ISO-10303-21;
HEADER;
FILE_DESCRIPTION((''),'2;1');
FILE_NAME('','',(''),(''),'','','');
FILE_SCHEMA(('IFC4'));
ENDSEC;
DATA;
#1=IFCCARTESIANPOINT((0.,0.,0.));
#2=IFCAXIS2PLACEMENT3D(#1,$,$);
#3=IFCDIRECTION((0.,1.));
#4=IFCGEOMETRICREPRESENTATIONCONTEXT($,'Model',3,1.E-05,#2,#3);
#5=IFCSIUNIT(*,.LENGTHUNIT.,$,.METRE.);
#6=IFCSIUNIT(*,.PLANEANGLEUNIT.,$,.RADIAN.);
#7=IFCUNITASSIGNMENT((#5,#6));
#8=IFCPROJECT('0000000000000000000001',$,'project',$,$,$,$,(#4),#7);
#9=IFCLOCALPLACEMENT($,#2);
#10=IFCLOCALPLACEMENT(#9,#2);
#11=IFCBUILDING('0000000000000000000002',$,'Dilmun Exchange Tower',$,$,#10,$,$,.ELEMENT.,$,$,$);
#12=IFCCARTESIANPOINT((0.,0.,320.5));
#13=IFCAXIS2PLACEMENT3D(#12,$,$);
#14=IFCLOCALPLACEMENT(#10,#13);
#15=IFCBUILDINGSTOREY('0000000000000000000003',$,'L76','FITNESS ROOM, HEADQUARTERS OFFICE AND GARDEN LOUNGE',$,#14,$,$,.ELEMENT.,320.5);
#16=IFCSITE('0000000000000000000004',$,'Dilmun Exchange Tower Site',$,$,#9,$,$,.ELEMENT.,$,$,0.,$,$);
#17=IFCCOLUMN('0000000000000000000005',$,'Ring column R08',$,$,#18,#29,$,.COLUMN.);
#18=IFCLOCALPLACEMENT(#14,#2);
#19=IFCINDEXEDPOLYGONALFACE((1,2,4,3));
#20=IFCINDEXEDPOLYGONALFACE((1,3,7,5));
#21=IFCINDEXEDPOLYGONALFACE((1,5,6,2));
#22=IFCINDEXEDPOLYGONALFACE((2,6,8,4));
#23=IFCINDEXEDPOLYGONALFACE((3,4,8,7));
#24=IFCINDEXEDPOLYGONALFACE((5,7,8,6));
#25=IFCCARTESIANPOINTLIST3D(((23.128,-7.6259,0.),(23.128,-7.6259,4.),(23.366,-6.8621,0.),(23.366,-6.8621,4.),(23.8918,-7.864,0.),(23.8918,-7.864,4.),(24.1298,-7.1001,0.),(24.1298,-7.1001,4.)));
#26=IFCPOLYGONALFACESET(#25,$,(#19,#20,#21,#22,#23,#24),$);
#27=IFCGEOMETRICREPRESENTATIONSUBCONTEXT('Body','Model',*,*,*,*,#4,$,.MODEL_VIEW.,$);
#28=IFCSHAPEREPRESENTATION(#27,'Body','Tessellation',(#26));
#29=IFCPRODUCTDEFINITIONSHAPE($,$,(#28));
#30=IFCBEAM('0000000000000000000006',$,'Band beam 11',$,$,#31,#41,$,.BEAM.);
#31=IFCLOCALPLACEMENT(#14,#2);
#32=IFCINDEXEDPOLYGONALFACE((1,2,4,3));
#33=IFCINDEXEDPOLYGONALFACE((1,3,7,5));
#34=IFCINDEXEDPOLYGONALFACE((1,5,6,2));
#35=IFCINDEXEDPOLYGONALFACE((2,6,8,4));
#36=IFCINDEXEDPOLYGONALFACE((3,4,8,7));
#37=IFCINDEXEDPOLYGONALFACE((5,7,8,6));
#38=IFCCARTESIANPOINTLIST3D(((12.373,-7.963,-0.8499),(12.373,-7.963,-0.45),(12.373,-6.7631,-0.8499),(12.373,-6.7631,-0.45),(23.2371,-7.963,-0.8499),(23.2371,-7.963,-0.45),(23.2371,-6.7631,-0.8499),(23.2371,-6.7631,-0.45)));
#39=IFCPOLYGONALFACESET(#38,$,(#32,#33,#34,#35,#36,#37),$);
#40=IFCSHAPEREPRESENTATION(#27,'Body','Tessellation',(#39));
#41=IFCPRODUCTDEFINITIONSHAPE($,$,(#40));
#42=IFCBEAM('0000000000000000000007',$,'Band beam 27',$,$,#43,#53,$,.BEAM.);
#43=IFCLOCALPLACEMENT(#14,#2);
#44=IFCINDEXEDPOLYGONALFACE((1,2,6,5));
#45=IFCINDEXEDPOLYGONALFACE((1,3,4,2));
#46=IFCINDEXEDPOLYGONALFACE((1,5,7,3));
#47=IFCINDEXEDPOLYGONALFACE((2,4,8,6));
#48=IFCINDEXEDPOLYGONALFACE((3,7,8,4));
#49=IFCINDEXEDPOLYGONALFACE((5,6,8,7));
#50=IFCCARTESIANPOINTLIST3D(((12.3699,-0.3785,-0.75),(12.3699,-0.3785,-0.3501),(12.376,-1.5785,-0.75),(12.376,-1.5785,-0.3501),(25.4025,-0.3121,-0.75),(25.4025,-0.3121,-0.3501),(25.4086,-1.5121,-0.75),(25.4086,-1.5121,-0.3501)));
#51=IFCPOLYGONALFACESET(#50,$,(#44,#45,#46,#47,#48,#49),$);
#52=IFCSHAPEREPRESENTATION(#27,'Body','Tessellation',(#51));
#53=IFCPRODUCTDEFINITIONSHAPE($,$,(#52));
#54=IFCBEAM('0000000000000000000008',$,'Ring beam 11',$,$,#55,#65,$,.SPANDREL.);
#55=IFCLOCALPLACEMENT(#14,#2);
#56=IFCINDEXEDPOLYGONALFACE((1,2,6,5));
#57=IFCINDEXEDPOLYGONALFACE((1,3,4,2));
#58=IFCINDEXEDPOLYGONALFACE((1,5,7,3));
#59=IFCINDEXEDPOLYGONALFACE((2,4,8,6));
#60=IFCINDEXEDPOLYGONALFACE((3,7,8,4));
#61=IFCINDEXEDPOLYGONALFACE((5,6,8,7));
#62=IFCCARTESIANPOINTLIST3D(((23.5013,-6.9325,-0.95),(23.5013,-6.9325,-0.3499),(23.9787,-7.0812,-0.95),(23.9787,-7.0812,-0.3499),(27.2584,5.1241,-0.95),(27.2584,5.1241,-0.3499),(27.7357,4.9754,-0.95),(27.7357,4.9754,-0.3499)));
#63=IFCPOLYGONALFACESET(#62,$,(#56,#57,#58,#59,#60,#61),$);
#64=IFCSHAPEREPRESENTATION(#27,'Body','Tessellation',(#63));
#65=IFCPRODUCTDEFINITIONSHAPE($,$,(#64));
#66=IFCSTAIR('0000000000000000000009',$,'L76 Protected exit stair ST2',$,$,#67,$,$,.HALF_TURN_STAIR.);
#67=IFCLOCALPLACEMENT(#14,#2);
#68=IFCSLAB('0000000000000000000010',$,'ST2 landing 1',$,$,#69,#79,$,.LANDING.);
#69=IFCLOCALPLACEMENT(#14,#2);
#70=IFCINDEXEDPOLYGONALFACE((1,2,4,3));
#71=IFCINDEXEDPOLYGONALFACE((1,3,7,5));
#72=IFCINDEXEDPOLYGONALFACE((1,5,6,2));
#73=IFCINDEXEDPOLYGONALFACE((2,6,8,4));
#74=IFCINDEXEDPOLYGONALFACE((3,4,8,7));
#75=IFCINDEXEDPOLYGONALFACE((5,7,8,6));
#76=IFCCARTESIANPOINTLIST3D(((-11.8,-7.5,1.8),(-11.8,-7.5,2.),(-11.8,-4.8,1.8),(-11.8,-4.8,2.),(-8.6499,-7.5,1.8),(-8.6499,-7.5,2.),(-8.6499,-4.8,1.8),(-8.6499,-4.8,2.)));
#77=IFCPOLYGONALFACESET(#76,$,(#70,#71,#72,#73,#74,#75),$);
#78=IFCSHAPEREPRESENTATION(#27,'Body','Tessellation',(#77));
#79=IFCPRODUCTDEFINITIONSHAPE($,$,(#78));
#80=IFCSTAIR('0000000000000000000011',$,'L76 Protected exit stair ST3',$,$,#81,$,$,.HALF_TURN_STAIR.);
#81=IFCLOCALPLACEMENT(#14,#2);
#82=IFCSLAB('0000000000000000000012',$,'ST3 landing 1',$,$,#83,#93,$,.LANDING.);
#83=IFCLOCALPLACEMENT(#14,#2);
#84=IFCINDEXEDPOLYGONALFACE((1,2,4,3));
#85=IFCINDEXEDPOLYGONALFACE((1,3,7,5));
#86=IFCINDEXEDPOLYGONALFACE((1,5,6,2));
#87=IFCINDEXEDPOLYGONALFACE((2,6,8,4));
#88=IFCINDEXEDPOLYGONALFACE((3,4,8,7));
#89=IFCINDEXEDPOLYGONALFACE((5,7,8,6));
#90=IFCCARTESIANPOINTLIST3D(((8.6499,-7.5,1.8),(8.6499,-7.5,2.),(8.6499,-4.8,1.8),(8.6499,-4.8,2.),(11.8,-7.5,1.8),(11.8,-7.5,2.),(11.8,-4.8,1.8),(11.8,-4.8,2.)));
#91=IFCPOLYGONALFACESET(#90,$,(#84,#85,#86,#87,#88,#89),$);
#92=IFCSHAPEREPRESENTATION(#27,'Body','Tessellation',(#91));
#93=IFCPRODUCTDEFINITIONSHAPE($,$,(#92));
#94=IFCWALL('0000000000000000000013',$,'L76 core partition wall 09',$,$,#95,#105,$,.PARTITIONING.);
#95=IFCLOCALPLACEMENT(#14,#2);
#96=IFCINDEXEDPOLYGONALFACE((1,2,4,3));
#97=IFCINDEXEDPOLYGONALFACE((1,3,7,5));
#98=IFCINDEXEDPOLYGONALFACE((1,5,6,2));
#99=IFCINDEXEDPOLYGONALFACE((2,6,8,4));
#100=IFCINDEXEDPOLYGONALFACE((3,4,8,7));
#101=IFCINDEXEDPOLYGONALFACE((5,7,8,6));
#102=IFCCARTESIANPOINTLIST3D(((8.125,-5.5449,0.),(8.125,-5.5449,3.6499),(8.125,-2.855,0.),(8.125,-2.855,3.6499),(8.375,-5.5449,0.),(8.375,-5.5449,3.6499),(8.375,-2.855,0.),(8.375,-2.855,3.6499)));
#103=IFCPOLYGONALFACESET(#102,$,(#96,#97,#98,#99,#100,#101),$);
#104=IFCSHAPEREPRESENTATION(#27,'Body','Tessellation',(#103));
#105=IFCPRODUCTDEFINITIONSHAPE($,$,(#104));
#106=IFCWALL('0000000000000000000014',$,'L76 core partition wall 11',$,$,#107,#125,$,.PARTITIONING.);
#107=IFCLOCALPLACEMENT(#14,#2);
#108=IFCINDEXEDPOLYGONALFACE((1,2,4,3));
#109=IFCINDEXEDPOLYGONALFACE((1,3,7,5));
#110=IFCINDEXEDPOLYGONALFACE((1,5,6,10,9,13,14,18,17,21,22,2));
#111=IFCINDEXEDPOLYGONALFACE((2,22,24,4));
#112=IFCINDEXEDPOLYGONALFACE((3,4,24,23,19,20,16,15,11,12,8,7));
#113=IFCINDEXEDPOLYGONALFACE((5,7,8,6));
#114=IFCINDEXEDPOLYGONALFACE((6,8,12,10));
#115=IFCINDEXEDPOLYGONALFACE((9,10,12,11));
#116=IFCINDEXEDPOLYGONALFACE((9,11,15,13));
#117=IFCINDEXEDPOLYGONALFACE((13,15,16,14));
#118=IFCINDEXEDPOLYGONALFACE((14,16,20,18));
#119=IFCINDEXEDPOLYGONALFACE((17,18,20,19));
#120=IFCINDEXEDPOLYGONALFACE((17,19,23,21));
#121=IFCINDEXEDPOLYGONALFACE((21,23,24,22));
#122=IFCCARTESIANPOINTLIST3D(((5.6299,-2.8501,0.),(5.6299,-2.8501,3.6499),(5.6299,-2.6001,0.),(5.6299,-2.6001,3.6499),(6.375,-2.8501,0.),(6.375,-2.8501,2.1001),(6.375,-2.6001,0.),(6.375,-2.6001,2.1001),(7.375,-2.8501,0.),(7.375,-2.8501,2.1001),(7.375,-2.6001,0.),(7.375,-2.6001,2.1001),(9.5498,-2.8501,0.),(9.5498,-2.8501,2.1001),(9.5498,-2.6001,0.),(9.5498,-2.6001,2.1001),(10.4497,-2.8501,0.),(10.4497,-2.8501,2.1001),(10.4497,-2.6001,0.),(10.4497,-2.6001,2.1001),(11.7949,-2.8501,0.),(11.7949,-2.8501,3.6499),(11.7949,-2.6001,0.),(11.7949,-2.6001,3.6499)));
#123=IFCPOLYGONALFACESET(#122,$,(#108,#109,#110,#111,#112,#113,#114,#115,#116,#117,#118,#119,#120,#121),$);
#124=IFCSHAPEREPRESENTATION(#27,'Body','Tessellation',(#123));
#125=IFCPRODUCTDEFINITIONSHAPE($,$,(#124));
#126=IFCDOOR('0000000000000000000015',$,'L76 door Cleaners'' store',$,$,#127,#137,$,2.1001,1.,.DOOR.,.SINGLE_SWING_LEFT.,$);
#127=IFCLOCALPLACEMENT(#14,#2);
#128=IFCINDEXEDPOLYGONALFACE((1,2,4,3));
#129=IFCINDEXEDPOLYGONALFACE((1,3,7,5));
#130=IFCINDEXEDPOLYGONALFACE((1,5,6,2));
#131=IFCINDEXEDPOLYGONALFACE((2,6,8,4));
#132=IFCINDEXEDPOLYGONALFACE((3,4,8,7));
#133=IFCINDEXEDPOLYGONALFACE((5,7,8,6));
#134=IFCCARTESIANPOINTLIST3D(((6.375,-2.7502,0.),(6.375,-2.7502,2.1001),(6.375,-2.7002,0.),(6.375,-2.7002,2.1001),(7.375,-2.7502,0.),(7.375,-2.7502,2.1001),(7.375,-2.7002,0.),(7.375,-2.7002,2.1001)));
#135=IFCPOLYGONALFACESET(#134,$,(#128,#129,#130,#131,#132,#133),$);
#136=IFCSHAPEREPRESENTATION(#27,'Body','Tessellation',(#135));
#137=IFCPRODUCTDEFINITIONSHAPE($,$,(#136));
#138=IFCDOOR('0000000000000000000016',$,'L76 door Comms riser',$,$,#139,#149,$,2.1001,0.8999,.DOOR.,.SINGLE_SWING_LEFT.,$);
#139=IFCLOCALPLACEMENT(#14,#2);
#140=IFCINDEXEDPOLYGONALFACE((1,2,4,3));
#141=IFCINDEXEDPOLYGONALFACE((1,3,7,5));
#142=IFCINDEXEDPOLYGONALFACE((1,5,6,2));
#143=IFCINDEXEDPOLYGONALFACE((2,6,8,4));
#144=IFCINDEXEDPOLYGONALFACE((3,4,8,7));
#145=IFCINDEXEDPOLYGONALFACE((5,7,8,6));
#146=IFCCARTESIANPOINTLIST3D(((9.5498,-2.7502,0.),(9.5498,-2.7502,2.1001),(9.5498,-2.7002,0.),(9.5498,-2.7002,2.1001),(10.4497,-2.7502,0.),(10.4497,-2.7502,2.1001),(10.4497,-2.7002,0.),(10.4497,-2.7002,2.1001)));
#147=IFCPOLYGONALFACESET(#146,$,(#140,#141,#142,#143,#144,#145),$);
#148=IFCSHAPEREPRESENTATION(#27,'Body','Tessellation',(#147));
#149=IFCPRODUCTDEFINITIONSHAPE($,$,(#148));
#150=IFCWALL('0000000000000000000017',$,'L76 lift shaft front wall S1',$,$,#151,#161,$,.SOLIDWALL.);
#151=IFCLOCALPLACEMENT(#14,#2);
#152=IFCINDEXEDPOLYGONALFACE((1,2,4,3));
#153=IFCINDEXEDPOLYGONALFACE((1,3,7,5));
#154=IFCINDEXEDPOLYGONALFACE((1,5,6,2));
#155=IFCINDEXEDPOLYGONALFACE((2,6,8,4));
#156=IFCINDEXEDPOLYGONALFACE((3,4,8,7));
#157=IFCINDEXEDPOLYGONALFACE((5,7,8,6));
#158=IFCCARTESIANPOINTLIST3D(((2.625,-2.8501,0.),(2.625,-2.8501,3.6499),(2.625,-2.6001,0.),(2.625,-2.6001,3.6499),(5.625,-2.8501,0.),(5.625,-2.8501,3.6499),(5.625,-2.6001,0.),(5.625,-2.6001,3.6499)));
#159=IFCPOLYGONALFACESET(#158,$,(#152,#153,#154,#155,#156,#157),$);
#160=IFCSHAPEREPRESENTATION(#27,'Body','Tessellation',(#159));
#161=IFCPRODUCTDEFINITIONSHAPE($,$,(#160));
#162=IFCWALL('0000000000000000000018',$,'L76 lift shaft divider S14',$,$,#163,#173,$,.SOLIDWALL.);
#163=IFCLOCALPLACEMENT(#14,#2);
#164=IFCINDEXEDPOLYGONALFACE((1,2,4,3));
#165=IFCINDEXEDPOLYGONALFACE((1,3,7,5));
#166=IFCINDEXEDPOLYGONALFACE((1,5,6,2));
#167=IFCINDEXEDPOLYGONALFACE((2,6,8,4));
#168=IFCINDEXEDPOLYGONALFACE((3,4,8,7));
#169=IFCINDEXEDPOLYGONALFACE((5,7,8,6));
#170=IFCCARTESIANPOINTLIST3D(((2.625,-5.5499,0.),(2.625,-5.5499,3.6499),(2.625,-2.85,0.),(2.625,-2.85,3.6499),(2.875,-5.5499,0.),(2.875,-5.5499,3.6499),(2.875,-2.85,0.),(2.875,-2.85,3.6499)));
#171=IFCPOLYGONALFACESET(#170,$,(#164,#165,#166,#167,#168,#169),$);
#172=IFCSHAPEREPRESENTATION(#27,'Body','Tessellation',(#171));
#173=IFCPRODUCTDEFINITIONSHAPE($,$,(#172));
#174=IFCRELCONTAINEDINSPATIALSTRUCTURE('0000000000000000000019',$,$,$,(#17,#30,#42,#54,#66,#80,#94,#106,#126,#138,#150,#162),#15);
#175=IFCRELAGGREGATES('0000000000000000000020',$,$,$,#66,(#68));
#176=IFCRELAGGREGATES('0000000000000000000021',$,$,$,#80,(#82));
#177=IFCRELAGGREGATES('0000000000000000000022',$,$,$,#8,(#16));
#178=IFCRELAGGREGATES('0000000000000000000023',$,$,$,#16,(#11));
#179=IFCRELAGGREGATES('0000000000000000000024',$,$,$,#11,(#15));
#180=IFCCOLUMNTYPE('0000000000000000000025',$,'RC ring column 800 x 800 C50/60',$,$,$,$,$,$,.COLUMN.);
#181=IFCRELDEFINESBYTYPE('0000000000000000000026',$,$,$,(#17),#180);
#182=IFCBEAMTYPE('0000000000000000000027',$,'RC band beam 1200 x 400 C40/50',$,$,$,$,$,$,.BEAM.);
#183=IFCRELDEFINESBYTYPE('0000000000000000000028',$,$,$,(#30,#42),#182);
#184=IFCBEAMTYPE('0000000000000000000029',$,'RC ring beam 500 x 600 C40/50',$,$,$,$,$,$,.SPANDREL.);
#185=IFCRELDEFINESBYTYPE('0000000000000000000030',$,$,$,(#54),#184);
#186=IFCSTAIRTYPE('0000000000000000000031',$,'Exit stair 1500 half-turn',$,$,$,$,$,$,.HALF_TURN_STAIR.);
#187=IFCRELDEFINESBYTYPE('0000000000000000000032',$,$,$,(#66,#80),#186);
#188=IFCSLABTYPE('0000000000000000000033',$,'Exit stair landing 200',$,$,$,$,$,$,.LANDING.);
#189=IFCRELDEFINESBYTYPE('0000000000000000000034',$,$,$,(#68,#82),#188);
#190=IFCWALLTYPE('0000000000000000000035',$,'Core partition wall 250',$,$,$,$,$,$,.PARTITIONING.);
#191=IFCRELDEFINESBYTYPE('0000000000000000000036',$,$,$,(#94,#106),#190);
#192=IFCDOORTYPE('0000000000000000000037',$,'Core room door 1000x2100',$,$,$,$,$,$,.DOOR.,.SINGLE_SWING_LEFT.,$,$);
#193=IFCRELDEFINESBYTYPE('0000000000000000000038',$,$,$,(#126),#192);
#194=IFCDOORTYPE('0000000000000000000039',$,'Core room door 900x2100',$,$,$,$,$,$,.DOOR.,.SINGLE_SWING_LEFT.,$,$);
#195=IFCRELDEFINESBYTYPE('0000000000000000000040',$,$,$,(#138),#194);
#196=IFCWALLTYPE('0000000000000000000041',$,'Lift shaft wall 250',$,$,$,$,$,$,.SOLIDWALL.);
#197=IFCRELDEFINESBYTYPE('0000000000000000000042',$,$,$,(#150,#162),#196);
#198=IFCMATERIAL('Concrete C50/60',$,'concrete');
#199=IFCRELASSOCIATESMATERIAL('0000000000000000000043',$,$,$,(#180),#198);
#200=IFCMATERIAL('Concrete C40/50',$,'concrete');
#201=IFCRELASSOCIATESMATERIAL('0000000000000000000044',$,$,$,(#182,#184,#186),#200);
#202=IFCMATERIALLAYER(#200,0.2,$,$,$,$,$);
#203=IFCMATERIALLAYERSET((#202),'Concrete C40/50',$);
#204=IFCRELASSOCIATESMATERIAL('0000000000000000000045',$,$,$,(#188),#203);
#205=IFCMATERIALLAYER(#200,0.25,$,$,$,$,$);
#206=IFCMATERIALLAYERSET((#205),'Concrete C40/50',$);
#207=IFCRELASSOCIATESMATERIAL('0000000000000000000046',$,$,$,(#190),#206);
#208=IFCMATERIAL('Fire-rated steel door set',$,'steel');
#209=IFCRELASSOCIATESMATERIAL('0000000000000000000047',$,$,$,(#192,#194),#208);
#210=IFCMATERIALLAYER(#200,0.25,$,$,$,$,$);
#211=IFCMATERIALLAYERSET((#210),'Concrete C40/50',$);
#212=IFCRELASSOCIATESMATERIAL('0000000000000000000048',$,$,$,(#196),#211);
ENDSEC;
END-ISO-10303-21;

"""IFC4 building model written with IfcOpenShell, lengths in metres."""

from ifc_helpers import new_model, si_unit, direction, frame, frame_2d, origin, origin_2d, place, context, subcontext, project, spatial, polyline, rectangle, outline, extrude, material, layer, layer_set, material_profile, profile_set, type_object, element, fill, aggregate, save


model = new_model("IFC4")

# Units and contexts
model_context = context("Model", 3, precision=1e-05, world=origin(), true_north=direction((0.0, 1.0)))
body_context = subcontext(model_context, "Body", "Model", "MODEL_VIEW")
ifc_project = project(units=[si_unit("LENGTHUNIT", "METRE"), si_unit("PLANEANGLEUNIT", "RADIAN")], contexts=[model_context])

# Site, building, storey
site_placement = place(None, origin())
site = spatial("IfcSite", under=ifc_project, at=site_placement, Name="Dilmun Exchange Tower Site", CompositionType="ELEMENT", RefElevation=0.0)
building_placement = place(site_placement, origin())
building = spatial("IfcBuilding", under=site, at=building_placement, Name="Dilmun Exchange Tower", CompositionType="ELEMENT")
storey_placement = place(building_placement, frame((0.0, 0.0, 320.5)))
storey = spatial("IfcBuildingStorey", under=building, at=storey_placement, Name="L76", Description="FITNESS ROOM, HEADQUARTERS OFFICE AND GARDEN LOUNGE", CompositionType="ELEMENT", Elevation=320.5)

# Column
ifc_material_1 = material(Name="Concrete C50/60", Category="concrete")
ifc_material_profile_1 = material_profile(ifc_material_1, rectangle(XDim=0.8, YDim=0.8, at=origin_2d()), Name="800 x 800")
ifc_profile_set_1 = profile_set([ifc_material_profile_1], Name="Concrete C50/60")
column_type = type_object("IfcColumnType", Name="RC ring column 800 x 800 C50/60", PredefinedType="COLUMN", material=ifc_profile_set_1)
column_placement = place(storey_placement, frame((23.6289, -7.363, 0.0), z_axis=(0.0, 0.0, 1.0), x_axis=(0.297503, 0.954721, 0.0)))
element("IfcColumn", 1, at=column_placement, inside=storey, type_object=column_type, Name="Ring column R08", PredefinedType="COLUMN", context=body_context, shape_type="SweptSolid", body=[
    extrude(rectangle(XDim=0.8, YDim=0.8, at=origin_2d()), origin(), (0.0, 0.0, 1.0), 4.0),
])

# Beams
ifc_material_2 = material(Name="Concrete C40/50", Category="concrete")
ifc_material_profile_2 = material_profile(ifc_material_2, rectangle(XDim=1.2, YDim=0.3999, at=origin_2d()), Name="1200 x 400")
ifc_profile_set_2 = profile_set([ifc_material_profile_2], Name="Concrete C40/50")
beam_type_1 = type_object("IfcBeamType", Name="RC band beam 1200 x 400 C40/50", PredefinedType="BEAM", material=ifc_profile_set_2)
beam_1_placement = place(storey_placement, frame((23.2371, -7.363, -0.6499), z_axis=(-1.0, 0.0, 0.0), x_axis=(0.0, -1.0, 0.0)))
element("IfcBeam", 2, at=beam_1_placement, inside=storey, type_object=beam_type_1, Name="Band beam 11", PredefinedType="BEAM", context=body_context, shape_type="SweptSolid", body=[
    extrude(rectangle(XDim=1.2, YDim=0.3999, at=origin_2d()), origin(), (0.0, 0.0, 1.0), 10.864),
])
beam_2_placement = place(storey_placement, frame((25.4055, -0.9121, -0.55), z_axis=(-0.999987, -0.005095, 0.0), x_axis=(0.005095, -0.999987, 0.0)))
element("IfcBeam", 3, at=beam_2_placement, inside=storey, type_object=beam_type_1, Name="Band beam 27", PredefinedType="BEAM", context=body_context, shape_type="SweptSolid", body=[
    extrude(rectangle(XDim=1.2, YDim=0.3999, at=origin_2d()), origin(), (0.0, 0.0, 1.0), 13.0327),
])
ifc_material_profile_3 = material_profile(ifc_material_2, rectangle(XDim=0.5, YDim=0.6001, at=origin_2d()), Name="500 x 600")
ifc_profile_set_3 = profile_set([ifc_material_profile_3], Name="Concrete C40/50")
beam_type_2 = type_object("IfcBeamType", Name="RC ring beam 500 x 600 C40/50", PredefinedType="SPANDREL", material=ifc_profile_set_3)
beam_3_placement = place(storey_placement, frame((23.74, -7.0068, -0.6499), z_axis=(0.297509, 0.954719, 0.0), x_axis=(-0.954719, 0.297509, 0.0)))
element("IfcBeam", 4, at=beam_3_placement, inside=storey, type_object=beam_type_2, Name="Ring beam 11", PredefinedType="SPANDREL", context=body_context, shape_type="SweptSolid", body=[
    extrude(rectangle(XDim=0.5, YDim=0.6001, at=origin_2d()), origin(), (0.0, 0.0, 1.0), 12.6284),
])

# Stairs, slabs
stair_type = type_object("IfcStairType", Name="Exit stair 1500 half-turn", PredefinedType="HALF_TURN_STAIR", material=ifc_material_2)
stair_1_placement = place(storey_placement, origin())
stair_1 = element("IfcStair", 5, at=stair_1_placement, inside=storey, type_object=stair_type, Name="L76 Protected exit stair ST2", PredefinedType="HALF_TURN_STAIR")
ifc_layer_1 = layer(ifc_material_2, 0.2)
ifc_layer_set_1 = layer_set([ifc_layer_1], Name="Concrete C40/50")
slab_type = type_object("IfcSlabType", Name="Exit stair landing 200", PredefinedType="LANDING", material=ifc_layer_set_1)
slab_1_placement = place(storey_placement, frame((0.0, 0.0, 1.8)))
slab_1 = element("IfcSlab", 6, at=slab_1_placement, type_object=slab_type, Name="ST2 landing 1", PredefinedType="LANDING", context=body_context, shape_type="SweptSolid", body=[
    extrude(outline(polyline([(-8.6499, -7.5), (-8.6499, -4.8), (-11.8, -4.8), (-11.8, -7.5), (-8.6499, -7.5)])), origin(), (0.0, 0.0, 1.0), 0.2),
])
aggregate(stair_1, [slab_1])
stair_2_placement = place(storey_placement, origin())
stair_2 = element("IfcStair", 7, at=stair_2_placement, inside=storey, type_object=stair_type, Name="L76 Protected exit stair ST3", PredefinedType="HALF_TURN_STAIR")
slab_2_placement = place(storey_placement, frame((0.0, 0.0, 1.8)))
slab_2 = element("IfcSlab", 8, at=slab_2_placement, type_object=slab_type, Name="ST3 landing 1", PredefinedType="LANDING", context=body_context, shape_type="SweptSolid", body=[
    extrude(outline(polyline([(11.8, -7.5), (11.8, -4.8), (8.6499, -4.8), (8.6499, -7.5), (11.8, -7.5)])), origin(), (0.0, 0.0, 1.0), 0.2),
])

# Shared definitions
ifc_material_3 = material(Name="Fire-rated steel door set", Category="steel")

# Wall
ifc_layer_2 = layer(ifc_material_2, 0.25)
ifc_layer_set_2 = layer_set([ifc_layer_2], Name="Concrete C40/50")
wall_type_1 = type_object("IfcWallType", Name="Core partition wall 250", PredefinedType="PARTITIONING", material=ifc_layer_set_2)
wall_1_placement = place(storey_placement, frame((8.25, -5.5449, 0.0), z_axis=(0.0, 0.0, 1.0), x_axis=(0.0, 1.0, 0.0)))
element("IfcWall", 9, at=wall_1_placement, inside=storey, type_object=wall_type_1, Name="L76 core partition wall 09", PredefinedType="PARTITIONING", context=body_context, shape_type="SweptSolid", body=[
    extrude(rectangle(XDim=2.6899, YDim=0.25, at=frame_2d((1.345, 0.0))), origin(), (0.0, 0.0, 1.0), 3.6499),
])

# Wall, openings, doors
wall_2_placement = place(storey_placement, frame((5.6299, -2.7251, 0.0), z_axis=(0.0, 0.0, 1.0), x_axis=(1.0, 0.0, 0.0)))
wall_2 = element("IfcWall", 10, at=wall_2_placement, inside=storey, type_object=wall_type_1, Name="L76 core partition wall 11", PredefinedType="PARTITIONING", context=body_context, shape_type="SweptSolid", body=[
    extrude(rectangle(XDim=6.165, YDim=0.25, at=frame_2d((3.0825, 0.0))), origin(), (0.0, 0.0, 1.0), 3.6499),
])
opening_1_placement = place(wall_2_placement, frame((0.7451, 0.0, 0.0)))
opening_1 = element("IfcOpeningElement", 11, at=opening_1_placement, cuts=wall_2, PredefinedType="OPENING", context=body_context, shape_type="SweptSolid", body=[
    extrude(rectangle(XDim=1.0, YDim=2.1001, at=frame_2d((0.5, 1.05))), frame((0.0, 0.135, 0.0), z_axis=(0.0, -1.0, 0.0), x_axis=(1.0, 0.0, 0.0)), (0.0, 0.0, 1.0), 0.27),
])
opening_2_placement = place(wall_2_placement, frame((3.9199, 0.0, 0.0)))
opening_2 = element("IfcOpeningElement", 12, at=opening_2_placement, cuts=wall_2, PredefinedType="OPENING", context=body_context, shape_type="SweptSolid", body=[
    extrude(rectangle(XDim=0.8999, YDim=2.1001, at=frame_2d((0.45, 1.05))), frame((0.0, 0.135, 0.0), z_axis=(0.0, -1.0, 0.0), x_axis=(1.0, 0.0, 0.0)), (0.0, 0.0, 1.0), 0.27),
])
door_type_1 = type_object("IfcDoorType", Name="Core room door 1000x2100", OperationType="SINGLE_SWING_LEFT", PredefinedType="DOOR", material=ifc_material_3)
door_1_placement = place(opening_1_placement, origin())
door_1 = element("IfcDoor", 13, at=door_1_placement, inside=storey, type_object=door_type_1, Name="L76 door Cleaners' store", OperationType="SINGLE_SWING_LEFT", OverallHeight=2.1001, OverallWidth=1.0, PredefinedType="DOOR", context=body_context, shape_type="SweptSolid", body=[
    extrude(rectangle(XDim=1.0, YDim=2.1001, at=frame_2d((0.5, 1.05))), frame((0.0, 0.0249, 0.0), z_axis=(0.0, -1.0, 0.0), x_axis=(1.0, 0.0, 0.0)), (0.0, 0.0, 1.0), 0.05),
])
fill(opening_1, door_1)
door_type_2 = type_object("IfcDoorType", Name="Core room door 900x2100", OperationType="SINGLE_SWING_LEFT", PredefinedType="DOOR", material=ifc_material_3)
door_2_placement = place(opening_2_placement, origin())
door_2 = element("IfcDoor", 14, at=door_2_placement, inside=storey, type_object=door_type_2, Name="L76 door Comms riser", OperationType="SINGLE_SWING_LEFT", OverallHeight=2.1001, OverallWidth=0.8999, PredefinedType="DOOR", context=body_context, shape_type="SweptSolid", body=[
    extrude(rectangle(XDim=0.8999, YDim=2.1001, at=frame_2d((0.45, 1.05))), frame((0.0, 0.0249, 0.0), z_axis=(0.0, -1.0, 0.0), x_axis=(1.0, 0.0, 0.0)), (0.0, 0.0, 1.0), 0.05),
])
fill(opening_2, door_2)

# Walls
ifc_layer_3 = layer(ifc_material_2, 0.25)
ifc_layer_set_3 = layer_set([ifc_layer_3], Name="Concrete C40/50")
wall_type_2 = type_object("IfcWallType", Name="Lift shaft wall 250", PredefinedType="SOLIDWALL", material=ifc_layer_set_3)
wall_3_placement = place(storey_placement, frame((2.625, -2.7251, 0.0), z_axis=(0.0, 0.0, 1.0), x_axis=(1.0, 0.0, 0.0)))
element("IfcWall", 15, at=wall_3_placement, inside=storey, type_object=wall_type_2, Name="L76 lift shaft front wall S1", PredefinedType="SOLIDWALL", context=body_context, shape_type="SweptSolid", body=[
    extrude(rectangle(XDim=3.0, YDim=0.25, at=frame_2d((1.5, 0.0))), origin(), (0.0, 0.0, 1.0), 3.6499),
])
for number, where, z_axis, x_axis, name in (
    (16, (2.75, -5.55, 0.0), (0.0, 0.0, 1.0), (0.0, 1.0, 0.0), "L76 lift shaft divider S14"),
):
    element("IfcWall", number, at=place(storey_placement, frame(where, z_axis=z_axis, x_axis=x_axis)), inside=storey, type_object=wall_type_2, Name=name, PredefinedType="SOLIDWALL", context=body_context, shape_type="SweptSolid", body=[
        extrude(rectangle(XDim=2.7, YDim=0.25, at=frame_2d((1.3501, 0.0))), origin(), (0.0, 0.0, 1.0), 3.6499),
    ])

aggregate(stair_2, [slab_2])

save(model, "model.ifc")
